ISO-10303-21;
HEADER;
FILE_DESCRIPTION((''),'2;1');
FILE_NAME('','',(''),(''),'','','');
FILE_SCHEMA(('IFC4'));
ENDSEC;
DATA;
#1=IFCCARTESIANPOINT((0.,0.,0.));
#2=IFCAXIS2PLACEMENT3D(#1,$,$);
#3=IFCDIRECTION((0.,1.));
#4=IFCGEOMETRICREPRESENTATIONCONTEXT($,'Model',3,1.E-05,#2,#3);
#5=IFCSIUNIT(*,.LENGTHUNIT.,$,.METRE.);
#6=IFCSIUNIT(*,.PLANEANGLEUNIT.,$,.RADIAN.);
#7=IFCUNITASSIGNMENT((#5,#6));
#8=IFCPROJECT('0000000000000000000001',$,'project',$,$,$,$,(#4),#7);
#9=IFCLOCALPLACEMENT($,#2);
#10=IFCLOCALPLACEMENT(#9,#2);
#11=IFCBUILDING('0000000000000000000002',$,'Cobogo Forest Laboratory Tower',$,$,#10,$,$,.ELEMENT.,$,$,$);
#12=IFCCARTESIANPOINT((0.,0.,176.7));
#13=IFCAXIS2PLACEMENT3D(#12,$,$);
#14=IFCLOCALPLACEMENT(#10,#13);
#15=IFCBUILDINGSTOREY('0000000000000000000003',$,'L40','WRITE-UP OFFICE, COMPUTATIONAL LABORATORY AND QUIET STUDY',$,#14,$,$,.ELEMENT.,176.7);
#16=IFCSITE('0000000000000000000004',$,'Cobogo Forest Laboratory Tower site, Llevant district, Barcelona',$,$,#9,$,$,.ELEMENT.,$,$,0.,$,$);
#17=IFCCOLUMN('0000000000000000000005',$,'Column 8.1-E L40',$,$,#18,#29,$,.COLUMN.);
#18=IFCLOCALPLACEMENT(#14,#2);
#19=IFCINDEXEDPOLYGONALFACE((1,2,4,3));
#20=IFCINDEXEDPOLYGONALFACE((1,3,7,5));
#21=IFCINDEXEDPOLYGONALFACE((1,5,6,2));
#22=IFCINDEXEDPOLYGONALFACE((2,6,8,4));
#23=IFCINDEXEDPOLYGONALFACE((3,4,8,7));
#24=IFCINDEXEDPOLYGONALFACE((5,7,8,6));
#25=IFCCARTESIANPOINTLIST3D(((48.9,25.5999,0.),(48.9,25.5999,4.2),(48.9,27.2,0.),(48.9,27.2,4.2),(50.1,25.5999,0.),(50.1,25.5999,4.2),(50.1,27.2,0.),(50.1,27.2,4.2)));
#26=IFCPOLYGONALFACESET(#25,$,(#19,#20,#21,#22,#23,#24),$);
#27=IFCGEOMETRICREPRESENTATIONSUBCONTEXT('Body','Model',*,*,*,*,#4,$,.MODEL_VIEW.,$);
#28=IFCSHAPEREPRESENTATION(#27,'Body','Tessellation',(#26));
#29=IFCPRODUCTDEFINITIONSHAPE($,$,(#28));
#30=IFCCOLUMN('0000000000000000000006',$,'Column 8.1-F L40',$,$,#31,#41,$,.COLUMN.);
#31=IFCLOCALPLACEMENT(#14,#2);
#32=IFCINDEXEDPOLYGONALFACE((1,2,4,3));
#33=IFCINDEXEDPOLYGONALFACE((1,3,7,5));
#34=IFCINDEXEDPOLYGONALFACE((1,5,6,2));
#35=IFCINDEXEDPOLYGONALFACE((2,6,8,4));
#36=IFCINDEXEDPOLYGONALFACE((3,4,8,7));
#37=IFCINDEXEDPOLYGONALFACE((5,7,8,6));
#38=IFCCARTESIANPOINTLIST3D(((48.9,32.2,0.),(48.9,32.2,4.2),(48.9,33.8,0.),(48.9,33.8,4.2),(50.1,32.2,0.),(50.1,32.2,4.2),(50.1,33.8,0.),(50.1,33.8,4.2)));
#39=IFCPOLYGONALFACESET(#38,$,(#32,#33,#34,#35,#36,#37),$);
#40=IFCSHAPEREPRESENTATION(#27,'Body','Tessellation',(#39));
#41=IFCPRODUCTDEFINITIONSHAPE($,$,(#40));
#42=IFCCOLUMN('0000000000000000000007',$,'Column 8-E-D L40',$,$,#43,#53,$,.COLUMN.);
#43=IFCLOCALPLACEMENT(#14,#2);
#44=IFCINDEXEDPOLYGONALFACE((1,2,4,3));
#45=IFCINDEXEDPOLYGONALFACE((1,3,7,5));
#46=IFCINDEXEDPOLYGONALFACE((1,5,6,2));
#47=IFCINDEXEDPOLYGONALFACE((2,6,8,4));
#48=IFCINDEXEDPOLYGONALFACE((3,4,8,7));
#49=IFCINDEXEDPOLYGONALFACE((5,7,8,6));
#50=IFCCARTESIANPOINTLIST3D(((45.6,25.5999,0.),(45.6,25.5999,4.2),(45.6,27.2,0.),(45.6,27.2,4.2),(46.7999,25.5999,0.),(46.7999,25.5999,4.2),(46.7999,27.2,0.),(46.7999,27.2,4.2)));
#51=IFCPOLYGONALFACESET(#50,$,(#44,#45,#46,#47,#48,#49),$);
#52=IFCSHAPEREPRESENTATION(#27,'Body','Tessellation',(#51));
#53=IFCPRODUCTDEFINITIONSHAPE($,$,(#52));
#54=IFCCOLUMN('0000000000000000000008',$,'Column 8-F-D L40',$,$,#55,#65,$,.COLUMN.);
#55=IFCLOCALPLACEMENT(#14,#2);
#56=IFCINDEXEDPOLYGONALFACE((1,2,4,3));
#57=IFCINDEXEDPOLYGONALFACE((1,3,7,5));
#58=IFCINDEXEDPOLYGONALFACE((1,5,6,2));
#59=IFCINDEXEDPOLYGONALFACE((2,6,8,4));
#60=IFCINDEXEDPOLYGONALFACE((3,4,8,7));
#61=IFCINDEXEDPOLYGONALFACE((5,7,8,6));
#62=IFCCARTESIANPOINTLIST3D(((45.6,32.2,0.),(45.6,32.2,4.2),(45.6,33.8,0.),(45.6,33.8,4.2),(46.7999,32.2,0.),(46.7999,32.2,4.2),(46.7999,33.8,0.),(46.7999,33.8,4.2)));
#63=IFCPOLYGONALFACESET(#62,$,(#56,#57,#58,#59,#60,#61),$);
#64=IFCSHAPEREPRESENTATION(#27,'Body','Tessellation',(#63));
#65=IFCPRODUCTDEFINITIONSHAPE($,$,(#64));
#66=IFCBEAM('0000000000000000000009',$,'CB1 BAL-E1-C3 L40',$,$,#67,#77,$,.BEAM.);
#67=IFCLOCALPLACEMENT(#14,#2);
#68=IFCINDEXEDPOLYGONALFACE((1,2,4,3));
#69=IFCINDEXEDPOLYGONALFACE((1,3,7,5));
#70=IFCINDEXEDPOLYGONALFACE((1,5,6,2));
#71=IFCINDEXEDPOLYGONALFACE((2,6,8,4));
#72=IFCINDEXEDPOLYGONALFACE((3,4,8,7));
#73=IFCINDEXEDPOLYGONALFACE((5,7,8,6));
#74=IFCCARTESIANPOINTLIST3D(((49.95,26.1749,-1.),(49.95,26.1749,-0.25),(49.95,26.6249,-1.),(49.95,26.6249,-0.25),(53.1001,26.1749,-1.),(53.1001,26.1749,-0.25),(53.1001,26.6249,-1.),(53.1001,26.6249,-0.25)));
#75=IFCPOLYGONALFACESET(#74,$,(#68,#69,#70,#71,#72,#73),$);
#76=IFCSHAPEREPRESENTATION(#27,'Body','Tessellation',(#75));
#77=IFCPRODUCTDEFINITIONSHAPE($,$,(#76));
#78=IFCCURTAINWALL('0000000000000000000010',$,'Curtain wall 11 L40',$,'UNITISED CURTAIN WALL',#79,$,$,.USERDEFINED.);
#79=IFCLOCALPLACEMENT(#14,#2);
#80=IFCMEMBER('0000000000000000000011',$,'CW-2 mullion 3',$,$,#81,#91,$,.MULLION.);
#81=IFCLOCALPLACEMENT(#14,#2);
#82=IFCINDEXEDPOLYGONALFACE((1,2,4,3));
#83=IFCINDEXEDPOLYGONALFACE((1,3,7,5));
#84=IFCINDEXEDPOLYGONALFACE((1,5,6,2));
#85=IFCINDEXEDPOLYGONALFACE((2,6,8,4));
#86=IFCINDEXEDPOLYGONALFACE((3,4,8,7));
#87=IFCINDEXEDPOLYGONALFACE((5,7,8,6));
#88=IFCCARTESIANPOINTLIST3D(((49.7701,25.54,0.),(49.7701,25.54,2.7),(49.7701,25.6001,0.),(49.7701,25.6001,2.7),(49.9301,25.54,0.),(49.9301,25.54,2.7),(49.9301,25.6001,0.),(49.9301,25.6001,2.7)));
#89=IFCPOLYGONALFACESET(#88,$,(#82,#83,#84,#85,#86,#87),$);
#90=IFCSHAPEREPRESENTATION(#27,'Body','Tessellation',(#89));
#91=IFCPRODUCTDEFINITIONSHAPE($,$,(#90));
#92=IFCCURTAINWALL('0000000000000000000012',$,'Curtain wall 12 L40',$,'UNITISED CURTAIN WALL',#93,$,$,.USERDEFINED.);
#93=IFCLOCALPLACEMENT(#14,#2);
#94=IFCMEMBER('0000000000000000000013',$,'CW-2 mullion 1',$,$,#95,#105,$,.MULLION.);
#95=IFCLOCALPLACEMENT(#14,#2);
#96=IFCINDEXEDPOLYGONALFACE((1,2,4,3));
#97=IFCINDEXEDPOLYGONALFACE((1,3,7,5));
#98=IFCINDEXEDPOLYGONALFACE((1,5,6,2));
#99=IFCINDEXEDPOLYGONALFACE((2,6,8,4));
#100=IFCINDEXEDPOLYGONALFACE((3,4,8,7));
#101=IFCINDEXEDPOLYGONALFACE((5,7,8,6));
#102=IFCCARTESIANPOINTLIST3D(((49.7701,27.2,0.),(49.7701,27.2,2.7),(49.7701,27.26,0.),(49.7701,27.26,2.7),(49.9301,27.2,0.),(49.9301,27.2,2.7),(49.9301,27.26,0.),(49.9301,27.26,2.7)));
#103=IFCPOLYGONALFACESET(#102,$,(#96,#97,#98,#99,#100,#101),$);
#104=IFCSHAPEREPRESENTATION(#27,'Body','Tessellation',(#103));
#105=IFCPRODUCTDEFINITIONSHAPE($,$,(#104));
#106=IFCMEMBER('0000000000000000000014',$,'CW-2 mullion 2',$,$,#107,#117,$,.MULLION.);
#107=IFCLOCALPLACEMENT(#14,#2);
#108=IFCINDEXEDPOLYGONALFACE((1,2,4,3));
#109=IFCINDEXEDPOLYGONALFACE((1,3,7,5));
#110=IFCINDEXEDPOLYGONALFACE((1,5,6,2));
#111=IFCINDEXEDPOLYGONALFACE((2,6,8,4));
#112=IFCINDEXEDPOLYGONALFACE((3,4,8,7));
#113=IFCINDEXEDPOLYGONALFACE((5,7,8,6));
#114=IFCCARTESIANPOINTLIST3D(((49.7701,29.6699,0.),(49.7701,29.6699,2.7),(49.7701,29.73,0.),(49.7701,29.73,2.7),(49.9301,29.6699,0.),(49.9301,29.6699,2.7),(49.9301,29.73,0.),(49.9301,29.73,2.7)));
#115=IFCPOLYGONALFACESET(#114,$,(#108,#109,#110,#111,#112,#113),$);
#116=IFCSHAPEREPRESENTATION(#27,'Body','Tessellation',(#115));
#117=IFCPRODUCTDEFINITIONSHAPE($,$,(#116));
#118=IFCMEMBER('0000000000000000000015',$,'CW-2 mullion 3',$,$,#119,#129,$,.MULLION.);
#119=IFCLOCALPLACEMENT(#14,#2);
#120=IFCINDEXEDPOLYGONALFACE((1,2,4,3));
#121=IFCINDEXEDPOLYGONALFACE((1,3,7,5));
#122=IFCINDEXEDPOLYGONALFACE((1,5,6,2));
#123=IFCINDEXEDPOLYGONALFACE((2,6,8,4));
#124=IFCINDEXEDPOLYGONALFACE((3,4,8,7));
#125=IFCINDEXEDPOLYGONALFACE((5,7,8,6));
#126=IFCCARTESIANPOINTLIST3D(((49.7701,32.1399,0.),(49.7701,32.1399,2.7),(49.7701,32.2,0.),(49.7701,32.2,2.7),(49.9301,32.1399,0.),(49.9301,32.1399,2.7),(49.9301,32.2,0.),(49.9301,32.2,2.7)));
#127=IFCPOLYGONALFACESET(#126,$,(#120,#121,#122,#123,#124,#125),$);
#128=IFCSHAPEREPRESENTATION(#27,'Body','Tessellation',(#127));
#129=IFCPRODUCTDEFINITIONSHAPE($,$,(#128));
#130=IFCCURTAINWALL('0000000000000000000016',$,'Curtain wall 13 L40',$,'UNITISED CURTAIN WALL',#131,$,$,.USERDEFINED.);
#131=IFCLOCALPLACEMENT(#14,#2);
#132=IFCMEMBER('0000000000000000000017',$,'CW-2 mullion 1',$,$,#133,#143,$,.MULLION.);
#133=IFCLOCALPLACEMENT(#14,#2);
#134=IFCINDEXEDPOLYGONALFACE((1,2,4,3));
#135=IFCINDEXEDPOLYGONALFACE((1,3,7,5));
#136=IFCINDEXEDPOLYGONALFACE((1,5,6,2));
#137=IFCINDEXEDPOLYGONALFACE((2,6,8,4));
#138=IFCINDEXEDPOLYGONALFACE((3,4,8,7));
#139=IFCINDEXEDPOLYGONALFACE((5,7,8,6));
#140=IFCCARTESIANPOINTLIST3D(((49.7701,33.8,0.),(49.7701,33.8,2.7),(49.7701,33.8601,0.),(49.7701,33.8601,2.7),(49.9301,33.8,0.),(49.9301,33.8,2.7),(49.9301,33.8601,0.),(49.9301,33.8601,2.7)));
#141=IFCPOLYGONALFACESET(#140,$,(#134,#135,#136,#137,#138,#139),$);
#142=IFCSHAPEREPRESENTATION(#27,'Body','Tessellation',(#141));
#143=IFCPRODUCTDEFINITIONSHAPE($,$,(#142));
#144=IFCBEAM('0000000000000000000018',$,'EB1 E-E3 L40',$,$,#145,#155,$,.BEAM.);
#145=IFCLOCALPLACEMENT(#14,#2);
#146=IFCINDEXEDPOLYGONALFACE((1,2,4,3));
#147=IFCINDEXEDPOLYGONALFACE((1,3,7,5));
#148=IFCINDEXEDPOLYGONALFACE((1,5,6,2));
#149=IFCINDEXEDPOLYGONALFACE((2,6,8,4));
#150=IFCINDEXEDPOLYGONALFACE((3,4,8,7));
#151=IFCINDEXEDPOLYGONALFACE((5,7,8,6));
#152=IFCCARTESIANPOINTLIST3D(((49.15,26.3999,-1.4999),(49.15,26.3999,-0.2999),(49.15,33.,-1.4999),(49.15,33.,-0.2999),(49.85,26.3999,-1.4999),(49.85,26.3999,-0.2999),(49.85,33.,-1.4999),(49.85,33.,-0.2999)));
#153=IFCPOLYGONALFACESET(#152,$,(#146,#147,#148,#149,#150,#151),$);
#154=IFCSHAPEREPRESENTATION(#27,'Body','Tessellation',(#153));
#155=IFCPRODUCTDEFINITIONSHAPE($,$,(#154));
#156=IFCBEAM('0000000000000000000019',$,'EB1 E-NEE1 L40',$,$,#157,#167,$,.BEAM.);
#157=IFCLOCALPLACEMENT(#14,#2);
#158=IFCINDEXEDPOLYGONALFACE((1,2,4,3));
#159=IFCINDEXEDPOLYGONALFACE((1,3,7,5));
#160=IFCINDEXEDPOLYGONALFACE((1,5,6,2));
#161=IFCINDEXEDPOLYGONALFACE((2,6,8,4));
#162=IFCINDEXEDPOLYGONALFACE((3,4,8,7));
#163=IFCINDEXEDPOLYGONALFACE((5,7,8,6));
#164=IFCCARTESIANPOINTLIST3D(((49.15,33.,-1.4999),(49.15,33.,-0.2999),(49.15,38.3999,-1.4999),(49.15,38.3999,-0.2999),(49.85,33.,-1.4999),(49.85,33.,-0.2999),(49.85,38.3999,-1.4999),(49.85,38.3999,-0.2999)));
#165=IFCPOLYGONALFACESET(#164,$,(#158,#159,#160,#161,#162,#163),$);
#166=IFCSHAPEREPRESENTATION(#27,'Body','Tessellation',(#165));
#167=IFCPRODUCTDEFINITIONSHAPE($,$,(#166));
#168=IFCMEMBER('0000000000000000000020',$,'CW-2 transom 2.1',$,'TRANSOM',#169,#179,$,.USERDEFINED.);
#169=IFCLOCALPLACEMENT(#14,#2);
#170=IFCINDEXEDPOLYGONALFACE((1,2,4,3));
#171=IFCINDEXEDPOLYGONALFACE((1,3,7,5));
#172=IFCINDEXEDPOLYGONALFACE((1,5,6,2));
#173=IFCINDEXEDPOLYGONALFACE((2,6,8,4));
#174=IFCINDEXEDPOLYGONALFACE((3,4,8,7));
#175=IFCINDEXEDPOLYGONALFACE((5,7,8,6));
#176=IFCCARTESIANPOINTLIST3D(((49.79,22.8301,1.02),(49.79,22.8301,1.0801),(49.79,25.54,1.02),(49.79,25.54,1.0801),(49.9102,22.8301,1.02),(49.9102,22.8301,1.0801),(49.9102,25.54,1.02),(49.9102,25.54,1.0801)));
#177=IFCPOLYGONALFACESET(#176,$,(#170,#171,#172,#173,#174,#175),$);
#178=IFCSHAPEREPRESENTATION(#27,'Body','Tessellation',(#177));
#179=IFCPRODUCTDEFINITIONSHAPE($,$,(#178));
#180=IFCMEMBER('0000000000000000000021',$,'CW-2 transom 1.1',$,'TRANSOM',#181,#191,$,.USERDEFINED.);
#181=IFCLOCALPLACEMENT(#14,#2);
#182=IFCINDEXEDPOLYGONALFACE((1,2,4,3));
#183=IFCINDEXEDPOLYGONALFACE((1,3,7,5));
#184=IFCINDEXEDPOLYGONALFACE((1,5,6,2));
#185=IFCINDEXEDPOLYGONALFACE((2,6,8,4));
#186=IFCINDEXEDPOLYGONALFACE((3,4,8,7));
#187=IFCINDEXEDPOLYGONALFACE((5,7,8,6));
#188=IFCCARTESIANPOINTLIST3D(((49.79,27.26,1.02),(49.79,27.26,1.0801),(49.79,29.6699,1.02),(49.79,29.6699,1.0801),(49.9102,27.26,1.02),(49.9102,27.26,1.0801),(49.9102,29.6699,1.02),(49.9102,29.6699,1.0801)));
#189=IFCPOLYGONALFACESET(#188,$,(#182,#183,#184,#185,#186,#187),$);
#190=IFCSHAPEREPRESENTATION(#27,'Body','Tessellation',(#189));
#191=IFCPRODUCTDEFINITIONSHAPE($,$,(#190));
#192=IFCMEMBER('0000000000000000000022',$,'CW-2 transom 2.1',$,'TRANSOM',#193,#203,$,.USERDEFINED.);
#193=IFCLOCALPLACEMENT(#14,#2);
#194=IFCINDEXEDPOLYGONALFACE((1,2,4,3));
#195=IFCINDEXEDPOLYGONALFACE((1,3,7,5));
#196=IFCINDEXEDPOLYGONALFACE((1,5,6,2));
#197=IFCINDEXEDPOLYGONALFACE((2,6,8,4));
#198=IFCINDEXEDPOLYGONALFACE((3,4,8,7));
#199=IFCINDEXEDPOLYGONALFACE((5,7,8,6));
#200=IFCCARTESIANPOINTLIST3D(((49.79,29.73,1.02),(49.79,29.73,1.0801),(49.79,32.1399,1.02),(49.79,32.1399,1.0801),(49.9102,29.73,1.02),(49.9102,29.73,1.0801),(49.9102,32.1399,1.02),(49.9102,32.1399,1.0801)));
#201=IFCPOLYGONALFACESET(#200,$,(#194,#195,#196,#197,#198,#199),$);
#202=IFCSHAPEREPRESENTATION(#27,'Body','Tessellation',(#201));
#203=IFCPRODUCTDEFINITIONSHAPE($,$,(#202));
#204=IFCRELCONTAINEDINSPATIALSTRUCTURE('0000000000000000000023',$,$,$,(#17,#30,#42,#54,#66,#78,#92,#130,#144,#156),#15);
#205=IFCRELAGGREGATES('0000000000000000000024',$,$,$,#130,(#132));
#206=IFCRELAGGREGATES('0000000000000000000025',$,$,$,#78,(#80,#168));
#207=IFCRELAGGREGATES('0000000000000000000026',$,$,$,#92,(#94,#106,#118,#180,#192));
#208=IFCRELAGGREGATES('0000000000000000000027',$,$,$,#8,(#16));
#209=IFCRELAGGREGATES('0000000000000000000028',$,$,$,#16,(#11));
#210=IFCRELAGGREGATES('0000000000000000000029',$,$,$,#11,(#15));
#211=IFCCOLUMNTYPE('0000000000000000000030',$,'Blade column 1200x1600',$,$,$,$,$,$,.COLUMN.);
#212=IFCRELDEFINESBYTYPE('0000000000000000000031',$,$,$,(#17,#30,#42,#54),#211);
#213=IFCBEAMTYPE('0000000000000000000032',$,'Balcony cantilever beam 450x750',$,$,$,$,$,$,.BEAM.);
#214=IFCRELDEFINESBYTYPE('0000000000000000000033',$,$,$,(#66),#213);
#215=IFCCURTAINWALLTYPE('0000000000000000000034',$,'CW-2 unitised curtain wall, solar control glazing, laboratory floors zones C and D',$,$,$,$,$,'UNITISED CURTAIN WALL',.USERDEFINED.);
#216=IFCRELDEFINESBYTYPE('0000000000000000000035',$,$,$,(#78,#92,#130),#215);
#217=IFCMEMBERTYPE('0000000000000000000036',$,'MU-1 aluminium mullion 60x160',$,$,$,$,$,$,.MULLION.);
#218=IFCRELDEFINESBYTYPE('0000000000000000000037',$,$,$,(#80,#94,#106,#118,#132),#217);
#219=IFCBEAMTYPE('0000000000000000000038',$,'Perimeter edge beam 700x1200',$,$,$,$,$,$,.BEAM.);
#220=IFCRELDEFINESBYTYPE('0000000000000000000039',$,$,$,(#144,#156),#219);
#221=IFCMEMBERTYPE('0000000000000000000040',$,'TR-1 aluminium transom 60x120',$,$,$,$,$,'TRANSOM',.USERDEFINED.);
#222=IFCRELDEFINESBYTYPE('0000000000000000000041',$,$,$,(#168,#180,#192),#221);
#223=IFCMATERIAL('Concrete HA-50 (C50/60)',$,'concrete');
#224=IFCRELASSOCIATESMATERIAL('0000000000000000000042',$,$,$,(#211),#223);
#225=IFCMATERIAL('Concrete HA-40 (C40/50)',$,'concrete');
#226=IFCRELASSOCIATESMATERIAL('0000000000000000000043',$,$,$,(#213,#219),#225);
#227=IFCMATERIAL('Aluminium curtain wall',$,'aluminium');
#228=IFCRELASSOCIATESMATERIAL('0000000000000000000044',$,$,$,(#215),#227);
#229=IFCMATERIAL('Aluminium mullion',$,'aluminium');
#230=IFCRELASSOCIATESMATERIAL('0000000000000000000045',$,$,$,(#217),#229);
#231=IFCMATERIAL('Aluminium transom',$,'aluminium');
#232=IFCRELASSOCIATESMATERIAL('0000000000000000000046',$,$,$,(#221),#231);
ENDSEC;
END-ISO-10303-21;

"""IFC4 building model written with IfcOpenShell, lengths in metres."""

from ifc_helpers import new_model, si_unit, direction, frame, origin, origin_2d, place, context, subcontext, project, spatial, rectangle, extrude, material, material_profile, profile_set, type_object, element, aggregate, save


model = new_model("IFC4")

# Units and contexts
model_context = context("Model", 3, precision=1e-05, world=origin(), true_north=direction((0.0, 1.0)))
body_context = subcontext(model_context, "Body", "Model", "MODEL_VIEW")
ifc_project = project(units=[si_unit("LENGTHUNIT", "METRE"), si_unit("PLANEANGLEUNIT", "RADIAN")], contexts=[model_context])

# Site, building, storey
site_placement = place(None, origin())
site = spatial("IfcSite", under=ifc_project, at=site_placement, Name="Cobogo Forest Laboratory Tower site, Llevant district, Barcelona", CompositionType="ELEMENT", RefElevation=0.0)
building_placement = place(site_placement, origin())
building = spatial("IfcBuilding", under=site, at=building_placement, Name="Cobogo Forest Laboratory Tower", CompositionType="ELEMENT")
storey_placement = place(building_placement, frame((0.0, 0.0, 176.7)))
storey = spatial("IfcBuildingStorey", under=building, at=storey_placement, Name="L40", Description="WRITE-UP OFFICE, COMPUTATIONAL LABORATORY AND QUIET STUDY", CompositionType="ELEMENT", Elevation=176.7)

# Columns
ifc_material_1 = material(Name="Concrete HA-50 (C50/60)", Category="concrete")
ifc_material_profile_1 = material_profile(ifc_material_1, rectangle(XDim=1.6001, YDim=1.2, at=origin_2d()), Name="RC 1200x1600")
ifc_profile_set_1 = profile_set([ifc_material_profile_1], Name="Concrete HA-50 (C50/60)")
column_type = type_object("IfcColumnType", Name="Blade column 1200x1600", PredefinedType="COLUMN", material=ifc_profile_set_1)
for number, where, z_axis, x_axis, name in (
    (1, (49.5, 26.3999, 0.0), (0.0, 0.0, 1.0), (0.0, 1.0, 0.0), "Column 8.1-E L40"),
    (2, (49.5, 33.0, 0.0), (0.0, 0.0, 1.0), (0.0, 1.0, 0.0), "Column 8.1-F L40"),
    (3, (46.2, 26.3999, 0.0), (0.0, 0.0, 1.0), (0.0, 1.0, 0.0), "Column 8-E-D L40"),
    (4, (46.2, 33.0, 0.0), (0.0, 0.0, 1.0), (0.0, 1.0, 0.0), "Column 8-F-D L40"),
):
    element("IfcColumn", number, at=place(storey_placement, frame(where, z_axis=z_axis, x_axis=x_axis)), inside=storey, type_object=column_type, Name=name, PredefinedType="COLUMN", context=body_context, shape_type="SweptSolid", body=[
        extrude(rectangle(XDim=1.6001, YDim=1.2, at=origin_2d()), origin(), (0.0, 0.0, 1.0), 4.2),
    ])

# Beam
ifc_material_2 = material(Name="Concrete HA-40 (C40/50)", Category="concrete")
ifc_material_profile_2 = material_profile(ifc_material_2, rectangle(XDim=0.45, YDim=0.75, at=origin_2d()), Name="RC 450x750")
ifc_profile_set_2 = profile_set([ifc_material_profile_2], Name="Concrete HA-40 (C40/50)")
beam_type_1 = type_object("IfcBeamType", Name="Balcony cantilever beam 450x750", PredefinedType="BEAM", material=ifc_profile_set_2)
beam_1_placement = place(storey_placement, frame((49.95, 26.3999, -0.625), z_axis=(1.0, 0.0, 0.0), x_axis=(0.0, 1.0, 0.0)))
element("IfcBeam", 5, at=beam_1_placement, inside=storey, type_object=beam_type_1, Name="CB1 BAL-E1-C3 L40", PredefinedType="BEAM", context=body_context, shape_type="SweptSolid", body=[
    extrude(rectangle(XDim=0.45, YDim=0.75, at=origin_2d()), origin(), (0.0, 0.0, 1.0), 3.1501),
])

# Curtain wall, member
ifc_material_3 = material(Name="Aluminium curtain wall", Category="aluminium")
curtain_wall_type = type_object("IfcCurtainWallType", Name="CW-2 unitised curtain wall, solar control glazing, laboratory floors zones C and D", ElementType="UNITISED CURTAIN WALL", PredefinedType="USERDEFINED", material=ifc_material_3)
curtain_wall_1_placement = place(storey_placement, origin())
curtain_wall_1 = element("IfcCurtainWall", 6, at=curtain_wall_1_placement, inside=storey, type_object=curtain_wall_type, Name="Curtain wall 11 L40", ObjectType="UNITISED CURTAIN WALL", PredefinedType="USERDEFINED")
ifc_material_4 = material(Name="Aluminium mullion", Category="aluminium")
ifc_material_profile_3 = material_profile(ifc_material_4, rectangle(XDim=0.0601, YDim=0.1599, at=origin_2d()), Name="AL 60x160")
ifc_profile_set_3 = profile_set([ifc_material_profile_3], Name="Aluminium mullion")
member_type_1 = type_object("IfcMemberType", Name="MU-1 aluminium mullion 60x160", PredefinedType="MULLION", material=ifc_profile_set_3)
member_1_placement = place(storey_placement, frame((49.8501, 25.5701, 0.0), z_axis=(0.0, 0.0, 1.0), x_axis=(0.0, 1.0, 0.0)))
member_1 = element("IfcMember", 7, at=member_1_placement, type_object=member_type_1, Name="CW-2 mullion 3", PredefinedType="MULLION", context=body_context, shape_type="SweptSolid", body=[
    extrude(rectangle(XDim=0.0601, YDim=0.1599, at=origin_2d()), origin(), (0.0, 0.0, 1.0), 2.7),
])

# Curtain wall, members
curtain_wall_2_placement = place(storey_placement, origin())
curtain_wall_2 = element("IfcCurtainWall", 8, at=curtain_wall_2_placement, inside=storey, type_object=curtain_wall_type, Name="Curtain wall 12 L40", ObjectType="UNITISED CURTAIN WALL", PredefinedType="USERDEFINED")
member_2_placement = place(storey_placement, frame((49.8501, 27.23, 0.0), z_axis=(0.0, 0.0, 1.0), x_axis=(0.0, 1.0, 0.0)))
member_2 = element("IfcMember", 9, at=member_2_placement, type_object=member_type_1, Name="CW-2 mullion 1", PredefinedType="MULLION", context=body_context, shape_type="SweptSolid", body=[
    extrude(rectangle(XDim=0.0601, YDim=0.1599, at=origin_2d()), origin(), (0.0, 0.0, 1.0), 2.7),
])
member_3_placement = place(storey_placement, frame((49.8501, 29.7, 0.0), z_axis=(0.0, 0.0, 1.0), x_axis=(0.0, 1.0, 0.0)))
member_3 = element("IfcMember", 10, at=member_3_placement, type_object=member_type_1, Name="CW-2 mullion 2", PredefinedType="MULLION", context=body_context, shape_type="SweptSolid", body=[
    extrude(rectangle(XDim=0.0601, YDim=0.1599, at=origin_2d()), origin(), (0.0, 0.0, 1.0), 2.7),
])
member_4_placement = place(storey_placement, frame((49.8501, 32.1699, 0.0), z_axis=(0.0, 0.0, 1.0), x_axis=(0.0, 1.0, 0.0)))
member_4 = element("IfcMember", 11, at=member_4_placement, type_object=member_type_1, Name="CW-2 mullion 3", PredefinedType="MULLION", context=body_context, shape_type="SweptSolid", body=[
    extrude(rectangle(XDim=0.0601, YDim=0.1599, at=origin_2d()), origin(), (0.0, 0.0, 1.0), 2.7),
])

# Curtain wall, member
curtain_wall_3_placement = place(storey_placement, origin())
curtain_wall_3 = element("IfcCurtainWall", 12, at=curtain_wall_3_placement, inside=storey, type_object=curtain_wall_type, Name="Curtain wall 13 L40", ObjectType="UNITISED CURTAIN WALL", PredefinedType="USERDEFINED")
member_5_placement = place(storey_placement, frame((49.8501, 33.8301, 0.0), z_axis=(0.0, 0.0, 1.0), x_axis=(0.0, 1.0, 0.0)))
member_5 = element("IfcMember", 13, at=member_5_placement, type_object=member_type_1, Name="CW-2 mullion 1", PredefinedType="MULLION", context=body_context, shape_type="SweptSolid", body=[
    extrude(rectangle(XDim=0.0601, YDim=0.1599, at=origin_2d()), origin(), (0.0, 0.0, 1.0), 2.7),
])
aggregate(curtain_wall_3, [member_5])

# Beams
ifc_material_profile_4 = material_profile(ifc_material_2, rectangle(XDim=0.7, YDim=1.2, at=origin_2d()), Name="RC 700x1200")
ifc_profile_set_4 = profile_set([ifc_material_profile_4], Name="Concrete HA-40 (C40/50)")
beam_type_2 = type_object("IfcBeamType", Name="Perimeter edge beam 700x1200", PredefinedType="BEAM", material=ifc_profile_set_4)
beam_2_placement = place(storey_placement, frame((49.5, 26.3999, -0.8999), z_axis=(0.0, 1.0, 0.0), x_axis=(-1.0, 0.0, 0.0)))
element("IfcBeam", 14, at=beam_2_placement, inside=storey, type_object=beam_type_2, Name="EB1 E-E3 L40", PredefinedType="BEAM", context=body_context, shape_type="SweptSolid", body=[
    extrude(rectangle(XDim=0.7, YDim=1.2, at=origin_2d()), origin(), (0.0, 0.0, 1.0), 6.6001),
])
beam_3_placement = place(storey_placement, frame((49.5, 33.0, -0.8999), z_axis=(0.0, 1.0, 0.0), x_axis=(-1.0, 0.0, 0.0)))
element("IfcBeam", 15, at=beam_3_placement, inside=storey, type_object=beam_type_2, Name="EB1 E-NEE1 L40", PredefinedType="BEAM", context=body_context, shape_type="SweptSolid", body=[
    extrude(rectangle(XDim=0.7, YDim=1.2, at=origin_2d()), origin(), (0.0, 0.0, 1.0), 5.3999),
])

# Members
ifc_material_5 = material(Name="Aluminium transom", Category="aluminium")
ifc_material_profile_5 = material_profile(ifc_material_5, rectangle(XDim=0.1201, YDim=0.0601, at=origin_2d()), Name="AL 60x120")
ifc_profile_set_5 = profile_set([ifc_material_profile_5], Name="Aluminium transom")
member_type_2 = type_object("IfcMemberType", Name="TR-1 aluminium transom 60x120", ElementType="TRANSOM", PredefinedType="USERDEFINED", material=ifc_profile_set_5)
member_6_placement = place(storey_placement, frame((49.8501, 22.8301, 1.05), z_axis=(0.0, 1.0, 0.0), x_axis=(-1.0, 0.0, 0.0)))
member_6 = element("IfcMember", 16, at=member_6_placement, type_object=member_type_2, Name="CW-2 transom 2.1", ObjectType="TRANSOM", PredefinedType="USERDEFINED", context=body_context, shape_type="SweptSolid", body=[
    extrude(rectangle(XDim=0.1201, YDim=0.0601, at=origin_2d()), origin(), (0.0, 0.0, 1.0), 2.71),
])
member_7_placement = place(storey_placement, frame((49.8501, 27.26, 1.05), z_axis=(0.0, 1.0, 0.0), x_axis=(-1.0, 0.0, 0.0)))
member_7 = element("IfcMember", 17, at=member_7_placement, type_object=member_type_2, Name="CW-2 transom 1.1", ObjectType="TRANSOM", PredefinedType="USERDEFINED", context=body_context, shape_type="SweptSolid", body=[
    extrude(rectangle(XDim=0.1201, YDim=0.0601, at=origin_2d()), origin(), (0.0, 0.0, 1.0), 2.4099),
])
member_8_placement = place(storey_placement, frame((49.8501, 29.73, 1.05), z_axis=(0.0, 1.0, 0.0), x_axis=(-1.0, 0.0, 0.0)))
member_8 = element("IfcMember", 18, at=member_8_placement, type_object=member_type_2, Name="CW-2 transom 2.1", ObjectType="TRANSOM", PredefinedType="USERDEFINED", context=body_context, shape_type="SweptSolid", body=[
    extrude(rectangle(XDim=0.1201, YDim=0.0601, at=origin_2d()), origin(), (0.0, 0.0, 1.0), 2.4099),
])

aggregate(curtain_wall_1, [member_1, member_6])
aggregate(curtain_wall_2, [member_2, member_3, member_4, member_7, member_8])

save(model, "model.ifc")
